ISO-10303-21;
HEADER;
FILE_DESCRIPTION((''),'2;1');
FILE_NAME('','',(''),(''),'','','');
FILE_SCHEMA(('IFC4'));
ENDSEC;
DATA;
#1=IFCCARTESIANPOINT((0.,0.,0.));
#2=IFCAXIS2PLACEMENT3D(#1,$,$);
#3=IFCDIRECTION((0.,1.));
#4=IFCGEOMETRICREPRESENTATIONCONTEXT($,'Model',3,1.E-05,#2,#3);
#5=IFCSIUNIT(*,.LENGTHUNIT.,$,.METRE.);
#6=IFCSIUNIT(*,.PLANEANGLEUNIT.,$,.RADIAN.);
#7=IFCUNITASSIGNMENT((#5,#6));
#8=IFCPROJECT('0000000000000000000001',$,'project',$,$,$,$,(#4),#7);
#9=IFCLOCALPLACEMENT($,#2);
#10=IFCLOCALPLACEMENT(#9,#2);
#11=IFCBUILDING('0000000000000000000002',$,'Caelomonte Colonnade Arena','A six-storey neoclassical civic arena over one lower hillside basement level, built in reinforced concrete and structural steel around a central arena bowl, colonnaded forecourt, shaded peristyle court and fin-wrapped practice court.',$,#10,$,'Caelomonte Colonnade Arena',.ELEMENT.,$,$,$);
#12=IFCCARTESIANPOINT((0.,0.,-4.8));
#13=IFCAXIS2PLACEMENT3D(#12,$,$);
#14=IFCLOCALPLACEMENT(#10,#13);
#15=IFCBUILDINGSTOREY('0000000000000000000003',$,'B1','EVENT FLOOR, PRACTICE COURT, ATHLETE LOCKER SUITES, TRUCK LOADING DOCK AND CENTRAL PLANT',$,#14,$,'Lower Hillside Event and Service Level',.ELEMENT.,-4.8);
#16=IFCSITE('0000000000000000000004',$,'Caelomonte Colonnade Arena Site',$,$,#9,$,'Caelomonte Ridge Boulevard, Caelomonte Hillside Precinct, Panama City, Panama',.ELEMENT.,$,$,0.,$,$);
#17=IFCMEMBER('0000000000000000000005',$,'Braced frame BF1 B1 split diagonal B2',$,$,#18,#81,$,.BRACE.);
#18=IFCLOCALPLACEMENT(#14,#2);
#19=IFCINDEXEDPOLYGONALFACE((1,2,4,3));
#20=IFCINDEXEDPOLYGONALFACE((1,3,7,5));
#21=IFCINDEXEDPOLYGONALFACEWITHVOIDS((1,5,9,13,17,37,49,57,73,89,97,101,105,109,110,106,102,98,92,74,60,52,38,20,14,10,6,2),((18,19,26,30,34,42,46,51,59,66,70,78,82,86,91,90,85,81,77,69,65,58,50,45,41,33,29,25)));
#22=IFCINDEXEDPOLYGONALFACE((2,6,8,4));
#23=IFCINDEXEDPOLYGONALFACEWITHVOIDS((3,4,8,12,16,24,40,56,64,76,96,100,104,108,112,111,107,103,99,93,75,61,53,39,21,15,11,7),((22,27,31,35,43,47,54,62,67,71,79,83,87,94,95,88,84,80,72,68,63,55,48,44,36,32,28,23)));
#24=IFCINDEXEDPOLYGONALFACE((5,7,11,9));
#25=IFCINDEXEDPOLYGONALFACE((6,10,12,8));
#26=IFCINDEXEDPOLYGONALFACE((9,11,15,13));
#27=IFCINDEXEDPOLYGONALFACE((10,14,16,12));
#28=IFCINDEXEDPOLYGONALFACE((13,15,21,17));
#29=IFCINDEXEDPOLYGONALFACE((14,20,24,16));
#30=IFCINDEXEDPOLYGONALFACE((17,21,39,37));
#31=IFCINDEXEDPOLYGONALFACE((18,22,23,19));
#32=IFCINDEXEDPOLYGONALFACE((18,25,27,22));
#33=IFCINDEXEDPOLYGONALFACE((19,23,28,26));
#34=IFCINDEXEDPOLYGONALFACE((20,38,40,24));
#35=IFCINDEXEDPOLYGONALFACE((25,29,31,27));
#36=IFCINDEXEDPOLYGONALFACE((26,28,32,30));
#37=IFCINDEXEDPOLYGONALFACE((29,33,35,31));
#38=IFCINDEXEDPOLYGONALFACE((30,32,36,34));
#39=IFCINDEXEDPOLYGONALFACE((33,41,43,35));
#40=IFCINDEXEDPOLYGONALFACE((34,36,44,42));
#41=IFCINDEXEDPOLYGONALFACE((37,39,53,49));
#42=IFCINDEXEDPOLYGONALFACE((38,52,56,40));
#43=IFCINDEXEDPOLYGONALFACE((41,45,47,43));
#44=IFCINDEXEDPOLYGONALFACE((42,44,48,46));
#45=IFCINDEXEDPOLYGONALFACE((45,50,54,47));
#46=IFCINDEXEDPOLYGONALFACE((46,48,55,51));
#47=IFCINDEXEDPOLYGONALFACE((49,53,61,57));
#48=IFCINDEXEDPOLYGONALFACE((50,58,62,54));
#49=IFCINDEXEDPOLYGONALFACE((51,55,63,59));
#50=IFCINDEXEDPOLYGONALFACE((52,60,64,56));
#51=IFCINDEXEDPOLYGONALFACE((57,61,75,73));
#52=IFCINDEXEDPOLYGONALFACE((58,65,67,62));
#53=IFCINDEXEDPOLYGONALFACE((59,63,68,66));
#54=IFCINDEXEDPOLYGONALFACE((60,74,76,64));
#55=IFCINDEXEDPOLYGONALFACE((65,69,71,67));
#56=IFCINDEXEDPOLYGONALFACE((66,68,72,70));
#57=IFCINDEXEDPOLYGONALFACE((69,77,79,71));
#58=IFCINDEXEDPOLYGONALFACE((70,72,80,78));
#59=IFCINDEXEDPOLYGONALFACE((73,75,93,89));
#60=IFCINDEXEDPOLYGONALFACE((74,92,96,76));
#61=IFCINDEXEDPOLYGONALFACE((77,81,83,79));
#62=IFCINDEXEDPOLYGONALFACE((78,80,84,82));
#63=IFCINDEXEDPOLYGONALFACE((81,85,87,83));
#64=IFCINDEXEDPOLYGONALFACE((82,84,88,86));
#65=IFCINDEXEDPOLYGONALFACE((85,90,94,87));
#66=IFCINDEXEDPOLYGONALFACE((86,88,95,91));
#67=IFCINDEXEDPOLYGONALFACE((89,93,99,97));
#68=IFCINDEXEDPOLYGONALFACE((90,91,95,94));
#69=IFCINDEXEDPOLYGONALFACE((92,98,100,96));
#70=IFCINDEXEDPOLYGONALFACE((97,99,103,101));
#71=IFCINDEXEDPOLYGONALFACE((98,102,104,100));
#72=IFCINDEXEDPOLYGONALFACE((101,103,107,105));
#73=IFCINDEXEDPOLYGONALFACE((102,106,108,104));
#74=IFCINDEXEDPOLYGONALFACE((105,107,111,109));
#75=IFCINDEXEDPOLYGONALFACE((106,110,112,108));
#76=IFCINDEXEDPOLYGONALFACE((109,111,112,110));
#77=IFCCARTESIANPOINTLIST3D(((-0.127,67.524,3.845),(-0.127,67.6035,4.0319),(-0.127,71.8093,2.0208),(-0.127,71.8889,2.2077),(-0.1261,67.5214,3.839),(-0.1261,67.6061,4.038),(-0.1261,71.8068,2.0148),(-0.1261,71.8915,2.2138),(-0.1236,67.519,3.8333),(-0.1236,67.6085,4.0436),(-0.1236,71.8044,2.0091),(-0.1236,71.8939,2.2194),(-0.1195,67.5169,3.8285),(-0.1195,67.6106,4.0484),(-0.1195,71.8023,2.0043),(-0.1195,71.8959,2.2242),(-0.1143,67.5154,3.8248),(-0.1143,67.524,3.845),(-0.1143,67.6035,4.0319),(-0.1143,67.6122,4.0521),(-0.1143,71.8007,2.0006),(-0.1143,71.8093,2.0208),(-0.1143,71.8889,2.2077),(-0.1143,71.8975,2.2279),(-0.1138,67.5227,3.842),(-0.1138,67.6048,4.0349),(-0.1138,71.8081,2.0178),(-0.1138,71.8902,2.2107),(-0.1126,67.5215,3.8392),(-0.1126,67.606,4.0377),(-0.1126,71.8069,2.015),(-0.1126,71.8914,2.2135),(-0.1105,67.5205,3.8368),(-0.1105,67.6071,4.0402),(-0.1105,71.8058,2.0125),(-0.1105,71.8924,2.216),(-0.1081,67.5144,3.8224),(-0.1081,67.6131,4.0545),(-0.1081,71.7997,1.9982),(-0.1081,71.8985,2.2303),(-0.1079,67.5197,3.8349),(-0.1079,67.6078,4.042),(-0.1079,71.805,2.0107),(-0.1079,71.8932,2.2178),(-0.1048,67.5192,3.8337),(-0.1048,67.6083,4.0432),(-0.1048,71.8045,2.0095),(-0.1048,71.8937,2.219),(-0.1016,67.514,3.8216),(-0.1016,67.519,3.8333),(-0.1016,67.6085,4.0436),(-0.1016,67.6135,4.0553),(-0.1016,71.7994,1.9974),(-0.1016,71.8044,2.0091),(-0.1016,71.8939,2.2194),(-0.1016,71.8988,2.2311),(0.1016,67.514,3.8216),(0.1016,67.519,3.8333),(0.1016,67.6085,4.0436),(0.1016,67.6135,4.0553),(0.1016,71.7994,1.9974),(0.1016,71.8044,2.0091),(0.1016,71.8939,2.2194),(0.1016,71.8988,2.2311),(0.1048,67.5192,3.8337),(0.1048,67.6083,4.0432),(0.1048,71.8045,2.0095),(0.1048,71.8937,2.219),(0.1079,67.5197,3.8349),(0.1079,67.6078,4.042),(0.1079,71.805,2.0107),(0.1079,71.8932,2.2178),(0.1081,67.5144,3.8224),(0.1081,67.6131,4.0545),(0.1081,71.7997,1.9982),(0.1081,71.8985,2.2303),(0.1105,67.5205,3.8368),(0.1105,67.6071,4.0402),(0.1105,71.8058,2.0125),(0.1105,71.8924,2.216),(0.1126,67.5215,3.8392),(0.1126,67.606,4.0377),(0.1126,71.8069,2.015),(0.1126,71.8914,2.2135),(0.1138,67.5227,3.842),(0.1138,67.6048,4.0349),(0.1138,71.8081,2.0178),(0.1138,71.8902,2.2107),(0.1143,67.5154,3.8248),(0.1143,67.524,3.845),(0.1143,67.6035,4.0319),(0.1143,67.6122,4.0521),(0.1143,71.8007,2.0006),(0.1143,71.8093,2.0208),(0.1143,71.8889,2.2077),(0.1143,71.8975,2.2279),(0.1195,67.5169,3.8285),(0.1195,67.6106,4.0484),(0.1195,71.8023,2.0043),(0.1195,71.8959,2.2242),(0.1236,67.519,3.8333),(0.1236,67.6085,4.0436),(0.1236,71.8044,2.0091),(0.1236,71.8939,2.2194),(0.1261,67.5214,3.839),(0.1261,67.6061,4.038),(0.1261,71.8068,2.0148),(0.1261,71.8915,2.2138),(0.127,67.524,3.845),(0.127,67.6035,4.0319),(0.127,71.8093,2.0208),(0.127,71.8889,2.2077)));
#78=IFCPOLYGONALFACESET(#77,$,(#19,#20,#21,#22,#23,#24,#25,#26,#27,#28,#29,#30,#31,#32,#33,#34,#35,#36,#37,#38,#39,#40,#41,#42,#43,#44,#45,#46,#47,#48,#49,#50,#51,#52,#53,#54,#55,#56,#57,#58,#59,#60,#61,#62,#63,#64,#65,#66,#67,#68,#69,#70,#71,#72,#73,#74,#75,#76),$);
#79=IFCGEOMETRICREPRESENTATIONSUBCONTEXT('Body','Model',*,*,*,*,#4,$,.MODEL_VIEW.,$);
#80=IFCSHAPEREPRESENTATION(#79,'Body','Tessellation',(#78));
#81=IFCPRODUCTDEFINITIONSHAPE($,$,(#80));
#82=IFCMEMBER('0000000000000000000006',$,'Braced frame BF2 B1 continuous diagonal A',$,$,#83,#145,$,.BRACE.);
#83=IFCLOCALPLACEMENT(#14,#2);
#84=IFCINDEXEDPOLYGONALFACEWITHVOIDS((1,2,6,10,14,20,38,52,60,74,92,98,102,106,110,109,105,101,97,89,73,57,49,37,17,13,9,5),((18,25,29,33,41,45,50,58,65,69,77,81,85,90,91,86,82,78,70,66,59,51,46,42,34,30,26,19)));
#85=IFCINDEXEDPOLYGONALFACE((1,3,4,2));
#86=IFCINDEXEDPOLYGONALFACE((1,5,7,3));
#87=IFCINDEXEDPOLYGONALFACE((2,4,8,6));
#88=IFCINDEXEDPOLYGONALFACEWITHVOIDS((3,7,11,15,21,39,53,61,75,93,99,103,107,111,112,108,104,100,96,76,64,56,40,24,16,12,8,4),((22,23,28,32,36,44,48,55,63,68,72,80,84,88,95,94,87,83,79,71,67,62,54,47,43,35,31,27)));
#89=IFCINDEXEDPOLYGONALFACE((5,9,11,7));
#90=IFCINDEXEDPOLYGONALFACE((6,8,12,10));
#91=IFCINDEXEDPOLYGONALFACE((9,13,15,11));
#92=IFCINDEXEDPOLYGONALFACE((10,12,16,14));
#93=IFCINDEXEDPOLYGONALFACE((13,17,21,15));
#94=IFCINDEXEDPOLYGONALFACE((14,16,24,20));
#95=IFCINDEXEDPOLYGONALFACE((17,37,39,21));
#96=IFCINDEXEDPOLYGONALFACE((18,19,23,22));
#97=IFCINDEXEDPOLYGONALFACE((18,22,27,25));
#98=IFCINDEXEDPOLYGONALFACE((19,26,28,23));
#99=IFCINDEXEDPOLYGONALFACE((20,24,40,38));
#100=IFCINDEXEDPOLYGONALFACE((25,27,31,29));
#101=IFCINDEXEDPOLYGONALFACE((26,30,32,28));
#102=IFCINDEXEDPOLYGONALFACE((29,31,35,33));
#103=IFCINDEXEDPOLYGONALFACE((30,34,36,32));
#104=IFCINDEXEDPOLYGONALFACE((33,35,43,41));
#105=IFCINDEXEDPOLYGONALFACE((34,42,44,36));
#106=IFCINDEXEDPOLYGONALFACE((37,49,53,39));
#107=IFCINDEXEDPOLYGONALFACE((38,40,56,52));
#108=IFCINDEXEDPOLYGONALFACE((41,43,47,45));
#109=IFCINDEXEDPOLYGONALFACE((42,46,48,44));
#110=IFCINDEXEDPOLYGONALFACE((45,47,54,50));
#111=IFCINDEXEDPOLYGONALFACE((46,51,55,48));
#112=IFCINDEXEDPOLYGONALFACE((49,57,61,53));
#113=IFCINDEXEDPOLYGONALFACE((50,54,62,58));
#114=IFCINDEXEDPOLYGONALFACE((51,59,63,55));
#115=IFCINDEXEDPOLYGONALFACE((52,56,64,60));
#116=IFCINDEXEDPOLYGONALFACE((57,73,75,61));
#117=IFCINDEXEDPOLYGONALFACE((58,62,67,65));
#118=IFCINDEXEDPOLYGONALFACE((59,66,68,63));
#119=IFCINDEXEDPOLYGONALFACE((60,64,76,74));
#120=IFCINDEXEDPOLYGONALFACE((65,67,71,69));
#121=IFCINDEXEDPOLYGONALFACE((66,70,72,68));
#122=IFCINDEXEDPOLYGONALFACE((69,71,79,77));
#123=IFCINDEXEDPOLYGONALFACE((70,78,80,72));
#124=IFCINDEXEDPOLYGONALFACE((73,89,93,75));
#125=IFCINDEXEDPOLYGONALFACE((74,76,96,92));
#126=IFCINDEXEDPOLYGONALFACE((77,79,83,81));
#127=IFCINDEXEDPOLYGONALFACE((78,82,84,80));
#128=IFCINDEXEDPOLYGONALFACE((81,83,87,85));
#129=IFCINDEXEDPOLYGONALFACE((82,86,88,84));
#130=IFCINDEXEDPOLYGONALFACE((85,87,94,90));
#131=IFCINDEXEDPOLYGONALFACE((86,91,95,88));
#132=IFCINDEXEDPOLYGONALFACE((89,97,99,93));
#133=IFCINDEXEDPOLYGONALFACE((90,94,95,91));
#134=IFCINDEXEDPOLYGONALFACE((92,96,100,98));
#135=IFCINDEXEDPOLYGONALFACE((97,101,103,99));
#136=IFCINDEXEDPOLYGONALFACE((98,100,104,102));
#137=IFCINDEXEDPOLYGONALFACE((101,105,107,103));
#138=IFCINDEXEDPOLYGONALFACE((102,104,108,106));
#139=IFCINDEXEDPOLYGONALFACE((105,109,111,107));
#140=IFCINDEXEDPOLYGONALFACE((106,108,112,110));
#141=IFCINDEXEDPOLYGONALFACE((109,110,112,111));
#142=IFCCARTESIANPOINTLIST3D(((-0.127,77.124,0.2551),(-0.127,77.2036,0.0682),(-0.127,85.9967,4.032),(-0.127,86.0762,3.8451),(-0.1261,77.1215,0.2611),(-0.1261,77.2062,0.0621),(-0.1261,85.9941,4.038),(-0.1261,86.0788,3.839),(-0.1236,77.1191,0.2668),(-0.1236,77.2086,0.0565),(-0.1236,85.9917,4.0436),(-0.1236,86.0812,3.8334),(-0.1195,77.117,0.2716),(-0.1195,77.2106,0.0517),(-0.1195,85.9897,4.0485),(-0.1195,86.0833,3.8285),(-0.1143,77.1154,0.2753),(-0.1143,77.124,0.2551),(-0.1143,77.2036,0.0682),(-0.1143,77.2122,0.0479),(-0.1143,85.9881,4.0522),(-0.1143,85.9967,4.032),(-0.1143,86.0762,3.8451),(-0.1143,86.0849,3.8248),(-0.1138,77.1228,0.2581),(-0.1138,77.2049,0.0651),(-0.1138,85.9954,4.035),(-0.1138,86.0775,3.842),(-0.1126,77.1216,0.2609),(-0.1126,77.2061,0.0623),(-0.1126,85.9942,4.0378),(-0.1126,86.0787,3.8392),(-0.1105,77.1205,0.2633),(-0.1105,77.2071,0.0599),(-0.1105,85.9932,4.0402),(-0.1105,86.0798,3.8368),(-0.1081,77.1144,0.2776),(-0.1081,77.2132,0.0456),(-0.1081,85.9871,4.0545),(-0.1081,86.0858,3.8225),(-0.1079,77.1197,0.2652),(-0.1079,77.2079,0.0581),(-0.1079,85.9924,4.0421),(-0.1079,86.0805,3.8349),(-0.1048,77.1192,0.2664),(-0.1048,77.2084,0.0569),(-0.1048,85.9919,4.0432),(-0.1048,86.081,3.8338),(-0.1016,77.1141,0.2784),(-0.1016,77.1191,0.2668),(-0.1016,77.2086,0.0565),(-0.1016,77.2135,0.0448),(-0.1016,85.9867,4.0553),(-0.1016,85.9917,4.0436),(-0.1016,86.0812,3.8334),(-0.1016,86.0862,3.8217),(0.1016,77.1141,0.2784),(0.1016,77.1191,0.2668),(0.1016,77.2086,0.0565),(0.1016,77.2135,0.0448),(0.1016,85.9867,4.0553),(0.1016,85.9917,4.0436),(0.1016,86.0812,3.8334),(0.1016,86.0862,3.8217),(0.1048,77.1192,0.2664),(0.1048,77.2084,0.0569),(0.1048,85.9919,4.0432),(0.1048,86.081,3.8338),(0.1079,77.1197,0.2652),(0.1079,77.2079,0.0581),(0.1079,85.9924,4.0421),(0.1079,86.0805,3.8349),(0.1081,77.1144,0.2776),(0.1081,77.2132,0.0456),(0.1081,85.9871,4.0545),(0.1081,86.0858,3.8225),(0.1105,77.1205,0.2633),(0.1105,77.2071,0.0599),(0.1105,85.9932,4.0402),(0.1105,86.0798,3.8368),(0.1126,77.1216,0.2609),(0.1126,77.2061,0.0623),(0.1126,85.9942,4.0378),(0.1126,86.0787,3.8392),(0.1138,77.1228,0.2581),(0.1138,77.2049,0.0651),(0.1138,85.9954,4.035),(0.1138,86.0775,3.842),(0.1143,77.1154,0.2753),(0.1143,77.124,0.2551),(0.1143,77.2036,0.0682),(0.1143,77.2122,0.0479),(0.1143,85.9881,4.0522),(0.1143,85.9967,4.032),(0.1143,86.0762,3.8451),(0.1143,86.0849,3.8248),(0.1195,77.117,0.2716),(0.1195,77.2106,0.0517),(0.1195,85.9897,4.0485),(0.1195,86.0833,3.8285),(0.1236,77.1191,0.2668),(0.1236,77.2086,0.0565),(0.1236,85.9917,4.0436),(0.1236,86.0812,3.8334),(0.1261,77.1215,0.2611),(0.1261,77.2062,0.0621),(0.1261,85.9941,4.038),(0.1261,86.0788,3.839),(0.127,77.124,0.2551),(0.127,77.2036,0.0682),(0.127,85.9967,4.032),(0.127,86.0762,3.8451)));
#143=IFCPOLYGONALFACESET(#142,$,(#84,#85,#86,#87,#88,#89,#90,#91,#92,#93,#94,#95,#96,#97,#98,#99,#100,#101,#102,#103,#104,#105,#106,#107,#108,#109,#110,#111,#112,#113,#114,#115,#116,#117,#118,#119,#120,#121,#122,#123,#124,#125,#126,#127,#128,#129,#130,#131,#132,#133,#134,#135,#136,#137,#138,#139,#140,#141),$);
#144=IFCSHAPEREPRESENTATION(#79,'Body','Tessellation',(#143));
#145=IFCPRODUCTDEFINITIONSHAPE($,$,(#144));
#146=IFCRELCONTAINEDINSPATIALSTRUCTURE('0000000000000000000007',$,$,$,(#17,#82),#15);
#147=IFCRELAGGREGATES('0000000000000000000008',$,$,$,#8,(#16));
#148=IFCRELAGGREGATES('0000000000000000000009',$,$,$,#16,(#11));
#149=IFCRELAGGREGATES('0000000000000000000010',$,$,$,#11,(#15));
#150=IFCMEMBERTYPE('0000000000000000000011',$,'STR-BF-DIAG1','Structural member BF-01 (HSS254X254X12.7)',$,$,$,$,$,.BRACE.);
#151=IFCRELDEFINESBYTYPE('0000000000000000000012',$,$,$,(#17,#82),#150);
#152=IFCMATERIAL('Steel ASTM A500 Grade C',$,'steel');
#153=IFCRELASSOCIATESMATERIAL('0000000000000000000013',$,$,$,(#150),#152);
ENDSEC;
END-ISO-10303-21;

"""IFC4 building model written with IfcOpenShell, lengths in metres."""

from ifc_helpers import new_model, si_unit, direction, frame, origin, origin_2d, place, context, subcontext, project, spatial, hollow_rectangle, extrude, material, material_profile, profile_set, type_object, element, save


model = new_model("IFC4")

# Units and contexts
model_context = context("Model", 3, precision=1e-05, world=origin(), true_north=direction((0.0, 1.0)))
body_context = subcontext(model_context, "Body", "Model", "MODEL_VIEW")
ifc_project = project(units=[si_unit("LENGTHUNIT", "METRE"), si_unit("PLANEANGLEUNIT", "RADIAN")], contexts=[model_context])

# Site, building, storey
site_placement = place(None, origin())
site = spatial("IfcSite", under=ifc_project, at=site_placement, Name="Caelomonte Colonnade Arena Site", LongName="Caelomonte Ridge Boulevard, Caelomonte Hillside Precinct, Panama City, Panama", CompositionType="ELEMENT", RefElevation=0.0)
building_placement = place(site_placement, origin())
building = spatial("IfcBuilding", under=site, at=building_placement, Name="Caelomonte Colonnade Arena", Description="A six-storey neoclassical civic arena over one lower hillside basement level, built in reinforced concrete and structural steel around a central arena bowl, colonnaded forecourt, shaded peristyle court and fin-wrapped practice court.", LongName="Caelomonte Colonnade Arena", CompositionType="ELEMENT")
storey_placement = place(building_placement, frame((0.0, 0.0, -4.8)))
storey = spatial("IfcBuildingStorey", under=building, at=storey_placement, Name="B1", Description="EVENT FLOOR, PRACTICE COURT, ATHLETE LOCKER SUITES, TRUCK LOADING DOCK AND CENTRAL PLANT", LongName="Lower Hillside Event and Service Level", CompositionType="ELEMENT", Elevation=-4.8)

# Members
ifc_material_1 = material(Name="Steel ASTM A500 Grade C", Category="steel")
ifc_material_profile_1 = material_profile(ifc_material_1, hollow_rectangle(XDim=0.2539, YDim=0.2539, WallThickness=0.0127, InnerFilletRadius=0.0127, OuterFilletRadius=0.0254, at=origin_2d()), Name="HSS254X254X12.7")
ifc_profile_set_1 = profile_set([ifc_material_profile_1], Name="Steel ASTM A500 Grade C")
member_type = type_object("IfcMemberType", Name="STR-BF-DIAG1", Description="Structural member BF-01 (HSS254X254X12.7)", PredefinedType="BRACE", material=ifc_profile_set_1)
for number, where, z_axis, x_axis, name in (
    (1, (0.0, 71.8491, 2.1143), (0.0, -0.920105, 0.391672), (1.0, 0.0, 0.0), "Braced frame BF1 B1 split diagonal B2"),
):
    element("IfcMember", number, at=place(storey_placement, frame(where, z_axis=z_axis, x_axis=x_axis)), inside=storey, type_object=member_type, Name=name, PredefinedType="BRACE", context=body_context, shape_type="SweptSolid", body=[
        extrude(hollow_rectangle(XDim=0.2539, YDim=0.2539, WallThickness=0.0127, InnerFilletRadius=0.0127, OuterFilletRadius=0.0254, at=origin_2d()), origin(), (0.0, 0.0, 1.0), 4.6575),
    ])
member_1_placement = place(storey_placement, frame((0.0, 77.1638, 0.1616), z_axis=(0.0, 0.920106, 0.391669), x_axis=(-1.0, 0.0, 0.0)))
element("IfcMember", 2, at=member_1_placement, inside=storey, type_object=member_type, Name="Braced frame BF2 B1 continuous diagonal A", PredefinedType="BRACE", context=body_context, shape_type="SweptSolid", body=[
    extrude(hollow_rectangle(XDim=0.2539, YDim=0.2539, WallThickness=0.0127, InnerFilletRadius=0.0127, OuterFilletRadius=0.0254, at=origin_2d()), origin(), (0.0, 0.0, 1.0), 9.6431),
])

save(model, "model.ifc")
